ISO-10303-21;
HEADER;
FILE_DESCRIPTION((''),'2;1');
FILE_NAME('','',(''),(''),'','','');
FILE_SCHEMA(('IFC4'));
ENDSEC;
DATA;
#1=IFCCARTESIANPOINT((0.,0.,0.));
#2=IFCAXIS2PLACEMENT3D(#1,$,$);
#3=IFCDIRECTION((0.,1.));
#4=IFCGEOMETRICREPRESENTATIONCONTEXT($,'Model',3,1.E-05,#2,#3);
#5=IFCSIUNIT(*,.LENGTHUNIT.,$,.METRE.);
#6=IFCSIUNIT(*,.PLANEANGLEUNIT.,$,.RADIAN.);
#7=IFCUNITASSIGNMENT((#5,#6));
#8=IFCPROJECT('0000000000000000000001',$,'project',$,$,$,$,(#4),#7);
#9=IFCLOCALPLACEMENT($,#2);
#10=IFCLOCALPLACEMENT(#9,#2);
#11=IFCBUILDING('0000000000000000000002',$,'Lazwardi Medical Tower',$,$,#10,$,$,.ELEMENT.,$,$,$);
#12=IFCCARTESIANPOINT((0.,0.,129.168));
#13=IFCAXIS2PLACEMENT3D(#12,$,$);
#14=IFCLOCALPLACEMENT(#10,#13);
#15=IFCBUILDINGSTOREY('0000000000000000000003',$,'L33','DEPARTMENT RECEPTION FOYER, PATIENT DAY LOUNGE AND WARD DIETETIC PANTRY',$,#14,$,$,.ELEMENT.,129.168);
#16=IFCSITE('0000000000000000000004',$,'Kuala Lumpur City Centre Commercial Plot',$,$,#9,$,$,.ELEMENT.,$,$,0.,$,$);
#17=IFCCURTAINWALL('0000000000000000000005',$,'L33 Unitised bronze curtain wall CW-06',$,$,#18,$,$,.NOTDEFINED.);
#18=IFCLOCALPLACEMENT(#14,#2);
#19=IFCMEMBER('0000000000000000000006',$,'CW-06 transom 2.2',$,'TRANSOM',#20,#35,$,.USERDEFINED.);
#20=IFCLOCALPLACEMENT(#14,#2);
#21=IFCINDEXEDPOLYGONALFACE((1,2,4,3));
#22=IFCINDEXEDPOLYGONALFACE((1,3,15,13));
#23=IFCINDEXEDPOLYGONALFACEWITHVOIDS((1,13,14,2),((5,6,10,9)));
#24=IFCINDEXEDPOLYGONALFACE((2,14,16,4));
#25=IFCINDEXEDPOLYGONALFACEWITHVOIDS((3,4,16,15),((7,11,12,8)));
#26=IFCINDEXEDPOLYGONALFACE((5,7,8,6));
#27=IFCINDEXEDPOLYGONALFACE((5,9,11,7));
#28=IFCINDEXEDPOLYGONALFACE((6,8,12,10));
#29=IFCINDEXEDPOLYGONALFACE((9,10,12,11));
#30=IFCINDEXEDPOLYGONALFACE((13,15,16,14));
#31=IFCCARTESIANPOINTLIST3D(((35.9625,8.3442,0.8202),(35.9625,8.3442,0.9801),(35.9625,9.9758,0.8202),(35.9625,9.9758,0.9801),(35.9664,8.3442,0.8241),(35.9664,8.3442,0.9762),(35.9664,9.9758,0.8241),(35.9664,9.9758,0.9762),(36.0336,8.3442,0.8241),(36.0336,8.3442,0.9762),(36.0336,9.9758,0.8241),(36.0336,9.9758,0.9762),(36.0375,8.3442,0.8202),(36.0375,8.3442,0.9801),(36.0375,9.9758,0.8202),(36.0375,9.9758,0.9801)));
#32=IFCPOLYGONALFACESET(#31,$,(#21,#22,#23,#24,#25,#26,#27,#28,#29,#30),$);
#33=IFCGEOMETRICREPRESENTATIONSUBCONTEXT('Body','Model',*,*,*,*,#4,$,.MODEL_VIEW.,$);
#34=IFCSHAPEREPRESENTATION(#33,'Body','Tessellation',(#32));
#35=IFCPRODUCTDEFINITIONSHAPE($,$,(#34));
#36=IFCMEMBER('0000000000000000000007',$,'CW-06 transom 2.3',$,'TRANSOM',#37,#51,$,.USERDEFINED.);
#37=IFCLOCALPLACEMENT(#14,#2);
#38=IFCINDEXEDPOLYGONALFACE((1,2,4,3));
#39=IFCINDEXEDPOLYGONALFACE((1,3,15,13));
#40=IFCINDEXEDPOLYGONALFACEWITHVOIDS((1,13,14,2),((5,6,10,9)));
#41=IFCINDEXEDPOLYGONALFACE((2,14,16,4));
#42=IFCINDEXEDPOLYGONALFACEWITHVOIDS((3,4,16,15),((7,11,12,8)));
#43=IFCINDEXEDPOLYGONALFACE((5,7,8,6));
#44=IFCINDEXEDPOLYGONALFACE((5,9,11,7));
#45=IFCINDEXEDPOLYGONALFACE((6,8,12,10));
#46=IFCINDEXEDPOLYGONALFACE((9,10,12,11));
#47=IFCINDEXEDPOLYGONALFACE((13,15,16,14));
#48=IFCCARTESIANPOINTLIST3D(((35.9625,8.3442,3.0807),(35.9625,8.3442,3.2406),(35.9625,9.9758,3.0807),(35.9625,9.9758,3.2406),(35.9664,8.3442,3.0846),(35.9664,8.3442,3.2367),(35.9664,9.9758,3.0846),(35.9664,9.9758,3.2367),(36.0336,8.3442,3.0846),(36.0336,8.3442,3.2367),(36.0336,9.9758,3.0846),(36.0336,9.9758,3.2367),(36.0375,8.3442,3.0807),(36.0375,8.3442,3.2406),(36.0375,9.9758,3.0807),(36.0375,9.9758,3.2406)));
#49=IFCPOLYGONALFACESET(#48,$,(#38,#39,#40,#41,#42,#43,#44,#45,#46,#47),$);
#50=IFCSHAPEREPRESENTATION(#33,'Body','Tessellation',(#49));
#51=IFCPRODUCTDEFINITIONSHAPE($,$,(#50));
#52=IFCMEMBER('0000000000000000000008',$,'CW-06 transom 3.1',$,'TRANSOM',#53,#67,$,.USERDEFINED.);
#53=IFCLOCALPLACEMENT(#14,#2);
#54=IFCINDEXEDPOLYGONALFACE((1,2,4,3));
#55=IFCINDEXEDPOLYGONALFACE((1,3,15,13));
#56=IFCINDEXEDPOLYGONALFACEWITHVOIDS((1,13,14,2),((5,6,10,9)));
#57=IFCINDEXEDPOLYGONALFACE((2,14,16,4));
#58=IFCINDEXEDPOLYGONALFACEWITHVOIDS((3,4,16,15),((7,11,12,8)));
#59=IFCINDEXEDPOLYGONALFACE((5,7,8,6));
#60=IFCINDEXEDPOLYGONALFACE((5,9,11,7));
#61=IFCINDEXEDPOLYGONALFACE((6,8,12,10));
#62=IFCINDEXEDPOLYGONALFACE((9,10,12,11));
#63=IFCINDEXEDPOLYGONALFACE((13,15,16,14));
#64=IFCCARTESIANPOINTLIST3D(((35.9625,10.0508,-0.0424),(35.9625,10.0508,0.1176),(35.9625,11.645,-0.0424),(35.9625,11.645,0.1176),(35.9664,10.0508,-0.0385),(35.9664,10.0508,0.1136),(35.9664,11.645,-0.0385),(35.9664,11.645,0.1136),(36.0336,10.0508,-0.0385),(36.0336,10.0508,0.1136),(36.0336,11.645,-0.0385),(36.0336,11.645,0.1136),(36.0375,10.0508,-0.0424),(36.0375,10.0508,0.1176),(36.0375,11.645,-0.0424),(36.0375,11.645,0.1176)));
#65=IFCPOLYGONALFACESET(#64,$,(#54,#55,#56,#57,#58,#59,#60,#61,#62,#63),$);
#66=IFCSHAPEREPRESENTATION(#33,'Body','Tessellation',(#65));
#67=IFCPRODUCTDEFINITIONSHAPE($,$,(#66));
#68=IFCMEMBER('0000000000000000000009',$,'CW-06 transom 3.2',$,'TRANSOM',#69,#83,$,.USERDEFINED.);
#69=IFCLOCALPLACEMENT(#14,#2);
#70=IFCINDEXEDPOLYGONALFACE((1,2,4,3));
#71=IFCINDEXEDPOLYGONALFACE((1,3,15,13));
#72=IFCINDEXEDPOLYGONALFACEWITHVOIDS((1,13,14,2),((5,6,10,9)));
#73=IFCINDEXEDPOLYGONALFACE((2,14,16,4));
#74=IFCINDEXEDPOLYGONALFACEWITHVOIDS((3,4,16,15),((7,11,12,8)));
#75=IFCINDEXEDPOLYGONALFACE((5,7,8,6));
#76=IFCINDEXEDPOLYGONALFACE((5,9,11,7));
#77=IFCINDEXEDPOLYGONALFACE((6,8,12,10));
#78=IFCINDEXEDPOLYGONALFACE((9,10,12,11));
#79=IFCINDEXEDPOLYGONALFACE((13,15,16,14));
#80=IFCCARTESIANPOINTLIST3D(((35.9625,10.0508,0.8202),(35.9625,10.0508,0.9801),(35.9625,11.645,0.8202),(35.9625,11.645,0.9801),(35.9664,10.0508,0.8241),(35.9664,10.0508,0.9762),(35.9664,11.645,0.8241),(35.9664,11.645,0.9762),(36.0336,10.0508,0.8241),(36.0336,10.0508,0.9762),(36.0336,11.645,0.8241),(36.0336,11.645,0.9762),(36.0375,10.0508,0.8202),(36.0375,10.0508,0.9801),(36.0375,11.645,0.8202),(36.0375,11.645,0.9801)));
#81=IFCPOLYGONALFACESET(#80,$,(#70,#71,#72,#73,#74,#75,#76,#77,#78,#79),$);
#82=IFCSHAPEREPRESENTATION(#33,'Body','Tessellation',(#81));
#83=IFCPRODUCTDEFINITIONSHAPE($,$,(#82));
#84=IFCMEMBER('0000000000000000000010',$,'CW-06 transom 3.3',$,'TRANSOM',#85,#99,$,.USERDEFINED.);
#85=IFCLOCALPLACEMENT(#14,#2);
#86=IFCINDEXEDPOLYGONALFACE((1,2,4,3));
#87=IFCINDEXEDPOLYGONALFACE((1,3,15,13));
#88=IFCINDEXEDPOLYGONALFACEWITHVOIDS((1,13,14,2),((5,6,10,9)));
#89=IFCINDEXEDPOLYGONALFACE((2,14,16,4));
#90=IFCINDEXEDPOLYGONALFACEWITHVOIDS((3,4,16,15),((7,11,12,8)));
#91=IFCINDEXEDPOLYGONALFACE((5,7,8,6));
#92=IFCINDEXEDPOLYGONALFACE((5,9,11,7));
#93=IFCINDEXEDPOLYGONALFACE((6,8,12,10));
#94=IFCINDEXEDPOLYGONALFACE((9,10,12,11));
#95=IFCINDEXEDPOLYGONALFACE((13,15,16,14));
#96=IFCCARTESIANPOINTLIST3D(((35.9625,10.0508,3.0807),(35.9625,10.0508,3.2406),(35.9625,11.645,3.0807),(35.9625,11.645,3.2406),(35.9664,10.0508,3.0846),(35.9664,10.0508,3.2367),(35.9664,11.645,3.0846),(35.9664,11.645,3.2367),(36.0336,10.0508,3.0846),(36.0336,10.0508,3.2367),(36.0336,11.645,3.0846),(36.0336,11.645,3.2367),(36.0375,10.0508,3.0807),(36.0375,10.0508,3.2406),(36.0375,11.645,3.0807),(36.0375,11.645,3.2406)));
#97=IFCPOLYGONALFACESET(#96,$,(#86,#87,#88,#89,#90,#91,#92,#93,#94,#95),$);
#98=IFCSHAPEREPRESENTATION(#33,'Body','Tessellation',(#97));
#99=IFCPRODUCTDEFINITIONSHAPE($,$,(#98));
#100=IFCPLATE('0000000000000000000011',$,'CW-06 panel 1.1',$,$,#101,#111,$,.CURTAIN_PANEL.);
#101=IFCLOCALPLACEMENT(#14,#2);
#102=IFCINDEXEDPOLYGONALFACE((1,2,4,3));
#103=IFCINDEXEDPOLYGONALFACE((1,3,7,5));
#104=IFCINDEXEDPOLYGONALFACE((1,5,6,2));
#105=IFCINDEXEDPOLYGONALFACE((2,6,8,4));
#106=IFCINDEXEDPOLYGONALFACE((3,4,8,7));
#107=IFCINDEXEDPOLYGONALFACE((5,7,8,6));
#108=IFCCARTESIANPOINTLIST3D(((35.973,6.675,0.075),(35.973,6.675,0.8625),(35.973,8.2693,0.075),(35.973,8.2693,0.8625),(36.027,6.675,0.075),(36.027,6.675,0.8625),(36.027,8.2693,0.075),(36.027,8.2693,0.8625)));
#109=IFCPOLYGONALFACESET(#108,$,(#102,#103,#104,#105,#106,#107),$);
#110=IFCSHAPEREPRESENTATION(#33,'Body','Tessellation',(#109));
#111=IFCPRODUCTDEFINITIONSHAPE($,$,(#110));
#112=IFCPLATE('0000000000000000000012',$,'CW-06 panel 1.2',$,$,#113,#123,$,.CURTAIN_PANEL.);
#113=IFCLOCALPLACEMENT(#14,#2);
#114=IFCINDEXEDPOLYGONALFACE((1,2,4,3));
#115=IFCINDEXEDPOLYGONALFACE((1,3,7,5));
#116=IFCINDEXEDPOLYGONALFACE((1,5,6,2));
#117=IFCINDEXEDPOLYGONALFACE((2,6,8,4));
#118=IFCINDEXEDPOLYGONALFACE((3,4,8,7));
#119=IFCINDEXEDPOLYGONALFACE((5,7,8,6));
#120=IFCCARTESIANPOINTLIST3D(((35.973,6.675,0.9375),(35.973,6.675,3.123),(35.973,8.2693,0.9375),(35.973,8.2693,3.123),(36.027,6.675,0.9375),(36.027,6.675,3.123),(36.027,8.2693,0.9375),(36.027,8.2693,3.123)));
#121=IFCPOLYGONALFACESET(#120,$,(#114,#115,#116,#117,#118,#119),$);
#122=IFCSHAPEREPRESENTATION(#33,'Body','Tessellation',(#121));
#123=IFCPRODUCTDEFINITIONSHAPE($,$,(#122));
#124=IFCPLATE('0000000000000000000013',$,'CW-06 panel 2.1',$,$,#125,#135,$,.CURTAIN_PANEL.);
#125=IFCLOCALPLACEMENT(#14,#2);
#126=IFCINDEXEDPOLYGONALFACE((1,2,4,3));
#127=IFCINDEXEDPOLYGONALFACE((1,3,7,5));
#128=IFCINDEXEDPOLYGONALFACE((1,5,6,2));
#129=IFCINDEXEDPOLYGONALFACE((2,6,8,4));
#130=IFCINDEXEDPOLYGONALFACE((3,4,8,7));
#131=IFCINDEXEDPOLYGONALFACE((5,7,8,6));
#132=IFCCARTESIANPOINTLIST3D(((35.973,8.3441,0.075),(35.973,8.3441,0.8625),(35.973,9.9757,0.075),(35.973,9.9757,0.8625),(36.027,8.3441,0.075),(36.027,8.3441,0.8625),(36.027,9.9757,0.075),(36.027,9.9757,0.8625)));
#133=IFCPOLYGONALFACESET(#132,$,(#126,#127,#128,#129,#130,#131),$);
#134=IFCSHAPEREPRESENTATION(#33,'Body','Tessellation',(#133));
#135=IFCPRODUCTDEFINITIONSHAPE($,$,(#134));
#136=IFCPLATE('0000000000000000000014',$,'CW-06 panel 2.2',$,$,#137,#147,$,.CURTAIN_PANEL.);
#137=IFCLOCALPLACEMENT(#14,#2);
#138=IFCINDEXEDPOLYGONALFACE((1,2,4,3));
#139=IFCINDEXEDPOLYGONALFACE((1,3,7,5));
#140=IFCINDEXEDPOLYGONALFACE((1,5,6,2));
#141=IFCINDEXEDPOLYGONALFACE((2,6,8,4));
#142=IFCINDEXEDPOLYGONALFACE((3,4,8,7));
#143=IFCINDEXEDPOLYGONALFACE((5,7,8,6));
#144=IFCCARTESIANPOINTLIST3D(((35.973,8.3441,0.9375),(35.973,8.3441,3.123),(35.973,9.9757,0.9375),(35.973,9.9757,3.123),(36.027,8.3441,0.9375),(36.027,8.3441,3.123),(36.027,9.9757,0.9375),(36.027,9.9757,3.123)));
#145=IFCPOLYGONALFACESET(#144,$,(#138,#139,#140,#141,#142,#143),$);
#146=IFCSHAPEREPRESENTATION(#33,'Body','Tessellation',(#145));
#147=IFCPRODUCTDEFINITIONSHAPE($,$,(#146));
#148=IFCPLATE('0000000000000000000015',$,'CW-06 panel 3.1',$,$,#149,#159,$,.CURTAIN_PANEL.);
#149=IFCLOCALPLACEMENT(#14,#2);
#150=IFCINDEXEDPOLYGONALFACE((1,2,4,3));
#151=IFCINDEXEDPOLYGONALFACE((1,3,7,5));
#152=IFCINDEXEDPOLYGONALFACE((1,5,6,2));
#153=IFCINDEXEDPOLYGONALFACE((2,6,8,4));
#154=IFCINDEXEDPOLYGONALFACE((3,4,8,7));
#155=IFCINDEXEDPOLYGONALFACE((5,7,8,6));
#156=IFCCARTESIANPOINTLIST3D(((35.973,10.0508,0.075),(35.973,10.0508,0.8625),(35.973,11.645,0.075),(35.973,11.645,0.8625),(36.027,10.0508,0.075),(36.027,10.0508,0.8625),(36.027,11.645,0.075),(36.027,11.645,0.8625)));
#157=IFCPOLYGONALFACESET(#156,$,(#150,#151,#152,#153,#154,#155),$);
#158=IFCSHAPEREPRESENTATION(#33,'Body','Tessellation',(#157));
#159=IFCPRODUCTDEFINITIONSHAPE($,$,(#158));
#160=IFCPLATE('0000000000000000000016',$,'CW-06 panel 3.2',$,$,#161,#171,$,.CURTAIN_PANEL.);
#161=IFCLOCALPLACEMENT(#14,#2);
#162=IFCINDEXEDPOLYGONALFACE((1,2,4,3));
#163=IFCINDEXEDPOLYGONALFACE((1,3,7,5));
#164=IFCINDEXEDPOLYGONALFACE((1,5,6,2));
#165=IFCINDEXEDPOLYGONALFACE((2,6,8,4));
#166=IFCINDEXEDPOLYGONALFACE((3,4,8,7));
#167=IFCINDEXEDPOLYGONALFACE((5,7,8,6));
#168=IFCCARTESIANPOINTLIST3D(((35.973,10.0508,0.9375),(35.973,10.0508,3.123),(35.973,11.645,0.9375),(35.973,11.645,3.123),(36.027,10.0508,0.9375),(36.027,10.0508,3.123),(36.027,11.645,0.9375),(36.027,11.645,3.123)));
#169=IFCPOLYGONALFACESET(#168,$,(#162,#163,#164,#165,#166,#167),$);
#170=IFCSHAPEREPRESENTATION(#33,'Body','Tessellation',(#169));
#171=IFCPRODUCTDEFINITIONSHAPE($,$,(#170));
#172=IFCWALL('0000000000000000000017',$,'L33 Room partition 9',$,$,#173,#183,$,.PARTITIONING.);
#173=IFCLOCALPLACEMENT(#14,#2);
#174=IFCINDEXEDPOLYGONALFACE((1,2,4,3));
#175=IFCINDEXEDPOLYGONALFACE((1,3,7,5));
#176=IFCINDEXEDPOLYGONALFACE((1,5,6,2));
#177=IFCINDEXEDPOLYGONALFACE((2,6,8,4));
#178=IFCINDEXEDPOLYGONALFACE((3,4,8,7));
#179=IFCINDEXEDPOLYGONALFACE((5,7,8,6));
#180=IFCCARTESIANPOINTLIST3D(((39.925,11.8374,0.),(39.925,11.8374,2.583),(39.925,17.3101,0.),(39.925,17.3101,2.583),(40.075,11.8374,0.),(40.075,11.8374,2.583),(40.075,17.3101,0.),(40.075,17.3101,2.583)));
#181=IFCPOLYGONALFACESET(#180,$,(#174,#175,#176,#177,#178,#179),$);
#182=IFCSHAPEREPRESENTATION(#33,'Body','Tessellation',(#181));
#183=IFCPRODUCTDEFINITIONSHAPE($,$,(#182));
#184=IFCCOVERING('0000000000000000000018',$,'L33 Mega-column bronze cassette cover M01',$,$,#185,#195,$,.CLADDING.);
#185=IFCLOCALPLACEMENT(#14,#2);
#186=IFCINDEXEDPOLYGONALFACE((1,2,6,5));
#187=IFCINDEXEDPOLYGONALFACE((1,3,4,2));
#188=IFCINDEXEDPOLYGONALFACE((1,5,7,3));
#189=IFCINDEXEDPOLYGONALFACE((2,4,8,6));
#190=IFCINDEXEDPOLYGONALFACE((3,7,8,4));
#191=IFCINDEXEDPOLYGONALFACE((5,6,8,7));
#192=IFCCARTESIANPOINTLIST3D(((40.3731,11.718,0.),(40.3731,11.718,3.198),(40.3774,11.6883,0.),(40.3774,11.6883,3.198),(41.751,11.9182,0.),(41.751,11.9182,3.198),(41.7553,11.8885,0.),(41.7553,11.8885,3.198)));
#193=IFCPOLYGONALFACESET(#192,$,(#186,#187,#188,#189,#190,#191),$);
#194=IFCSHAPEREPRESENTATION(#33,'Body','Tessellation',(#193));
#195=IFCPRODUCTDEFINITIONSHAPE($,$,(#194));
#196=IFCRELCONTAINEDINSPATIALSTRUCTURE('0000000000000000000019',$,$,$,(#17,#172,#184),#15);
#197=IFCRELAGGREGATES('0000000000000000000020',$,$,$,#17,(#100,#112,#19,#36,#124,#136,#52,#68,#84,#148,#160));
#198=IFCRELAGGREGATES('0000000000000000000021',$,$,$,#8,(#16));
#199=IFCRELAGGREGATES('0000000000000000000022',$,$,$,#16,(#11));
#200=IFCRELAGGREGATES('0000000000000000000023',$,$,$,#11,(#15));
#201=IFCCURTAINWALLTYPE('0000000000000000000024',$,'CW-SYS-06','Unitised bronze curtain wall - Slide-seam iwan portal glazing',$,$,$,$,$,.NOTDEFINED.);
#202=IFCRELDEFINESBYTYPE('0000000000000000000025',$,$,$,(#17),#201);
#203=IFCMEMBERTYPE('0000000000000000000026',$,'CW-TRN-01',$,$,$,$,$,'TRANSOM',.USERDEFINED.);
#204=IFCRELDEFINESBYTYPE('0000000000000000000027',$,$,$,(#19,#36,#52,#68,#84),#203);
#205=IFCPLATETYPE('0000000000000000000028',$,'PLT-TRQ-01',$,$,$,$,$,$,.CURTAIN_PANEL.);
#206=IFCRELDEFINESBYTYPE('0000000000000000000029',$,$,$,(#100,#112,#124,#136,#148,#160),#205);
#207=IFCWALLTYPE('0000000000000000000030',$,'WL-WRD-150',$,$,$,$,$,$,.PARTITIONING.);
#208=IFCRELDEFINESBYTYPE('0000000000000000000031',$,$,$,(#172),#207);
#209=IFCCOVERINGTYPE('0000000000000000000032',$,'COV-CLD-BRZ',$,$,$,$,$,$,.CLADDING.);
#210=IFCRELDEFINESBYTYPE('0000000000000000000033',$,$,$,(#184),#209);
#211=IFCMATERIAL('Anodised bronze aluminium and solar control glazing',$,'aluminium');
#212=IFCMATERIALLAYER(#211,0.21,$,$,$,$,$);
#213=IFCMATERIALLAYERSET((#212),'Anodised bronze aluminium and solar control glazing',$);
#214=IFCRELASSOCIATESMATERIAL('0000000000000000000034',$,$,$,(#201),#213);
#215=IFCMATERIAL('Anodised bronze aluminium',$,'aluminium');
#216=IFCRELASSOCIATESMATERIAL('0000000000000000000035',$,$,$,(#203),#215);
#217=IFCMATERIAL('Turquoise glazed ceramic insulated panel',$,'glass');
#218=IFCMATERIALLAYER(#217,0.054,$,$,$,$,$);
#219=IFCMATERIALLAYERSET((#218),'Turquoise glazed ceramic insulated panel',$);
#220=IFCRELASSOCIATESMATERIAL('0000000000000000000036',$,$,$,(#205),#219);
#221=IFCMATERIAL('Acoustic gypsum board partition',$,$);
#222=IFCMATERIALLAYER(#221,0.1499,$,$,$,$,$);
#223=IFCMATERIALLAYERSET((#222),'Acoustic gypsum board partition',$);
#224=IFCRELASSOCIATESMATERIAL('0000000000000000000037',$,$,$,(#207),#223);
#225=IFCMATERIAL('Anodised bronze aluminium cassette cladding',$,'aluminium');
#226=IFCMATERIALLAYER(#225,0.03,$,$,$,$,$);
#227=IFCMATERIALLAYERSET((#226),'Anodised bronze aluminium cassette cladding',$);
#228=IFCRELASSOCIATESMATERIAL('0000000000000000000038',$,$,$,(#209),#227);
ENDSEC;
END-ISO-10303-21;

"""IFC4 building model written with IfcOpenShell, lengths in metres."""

from ifc_helpers import new_model, si_unit, direction, frame, frame_2d, origin, origin_2d, place, context, subcontext, project, spatial, rectangle, hollow_rectangle, extrude, material, layer, layer_set, material_profile, profile_set, type_object, element, aggregate, save


model = new_model("IFC4")

# Units and contexts
model_context = context("Model", 3, precision=1e-05, world=origin(), true_north=direction((0.0, 1.0)))
body_context = subcontext(model_context, "Body", "Model", "MODEL_VIEW")
ifc_project = project(units=[si_unit("LENGTHUNIT", "METRE"), si_unit("PLANEANGLEUNIT", "RADIAN")], contexts=[model_context])

# Site, building, storey
site_placement = place(None, origin())
site = spatial("IfcSite", under=ifc_project, at=site_placement, Name="Kuala Lumpur City Centre Commercial Plot", CompositionType="ELEMENT", RefElevation=0.0)
building_placement = place(site_placement, origin())
building = spatial("IfcBuilding", under=site, at=building_placement, Name="Lazwardi Medical Tower", CompositionType="ELEMENT")
storey_placement = place(building_placement, frame((0.0, 0.0, 129.168)))
storey = spatial("IfcBuildingStorey", under=building, at=storey_placement, Name="L33", Description="DEPARTMENT RECEPTION FOYER, PATIENT DAY LOUNGE AND WARD DIETETIC PANTRY", CompositionType="ELEMENT", Elevation=129.168)

# Shared definitions
ifc_material_1 = material(Name="Anodised bronze aluminium and solar control glazing", Category="aluminium")
ifc_material_2 = material(Name="Anodised bronze aluminium", Category="aluminium")

# Curtain wall
ifc_layer_1 = layer(ifc_material_1, 0.21)
ifc_layer_set_1 = layer_set([ifc_layer_1], Name="Anodised bronze aluminium and solar control glazing")
curtain_wall_type_1 = type_object("IfcCurtainWallType", Name="CW-SYS-06", Description="Unitised bronze curtain wall - Slide-seam iwan portal glazing", PredefinedType="NOTDEFINED", material=ifc_layer_set_1)
curtain_wall_1_placement = place(storey_placement, origin())
curtain_wall_1 = element("IfcCurtainWall", 1, at=curtain_wall_1_placement, inside=storey, type_object=curtain_wall_type_1, Name="L33 Unitised bronze curtain wall CW-06", PredefinedType="NOTDEFINED")

# Members
ifc_material_profile_1 = material_profile(ifc_material_2, hollow_rectangle(XDim=0.075, YDim=0.1599, WallThickness=0.0039, at=origin_2d()), Name="ALU-TRANSOM 160x75x4")
ifc_profile_set_1 = profile_set([ifc_material_profile_1], Name="Anodised bronze aluminium")
member_type_1 = type_object("IfcMemberType", Name="CW-TRN-01", ElementType="TRANSOM", PredefinedType="USERDEFINED", material=ifc_profile_set_1)
member_1_placement = place(storey_placement, frame((36.0, 8.3442, 0.9001), z_axis=(0.0, 1.0, 0.0), x_axis=(-1.0, 0.0, 0.0)))
member_1 = element("IfcMember", 2, at=member_1_placement, type_object=member_type_1, Name="CW-06 transom 2.2", ObjectType="TRANSOM", PredefinedType="USERDEFINED", context=body_context, shape_type="SweptSolid", body=[
    extrude(hollow_rectangle(XDim=0.075, YDim=0.1599, WallThickness=0.0039, at=origin_2d()), origin(), (0.0, 0.0, 1.0), 1.6316),
])
member_2_placement = place(storey_placement, frame((36.0, 8.3442, 3.1606), z_axis=(0.0, 1.0, 0.0), x_axis=(-1.0, 0.0, 0.0)))
member_2 = element("IfcMember", 3, at=member_2_placement, type_object=member_type_1, Name="CW-06 transom 2.3", ObjectType="TRANSOM", PredefinedType="USERDEFINED", context=body_context, shape_type="SweptSolid", body=[
    extrude(hollow_rectangle(XDim=0.075, YDim=0.1599, WallThickness=0.0039, at=origin_2d()), origin(), (0.0, 0.0, 1.0), 1.6316),
])
member_3_placement = place(storey_placement, frame((36.0, 10.0508, 0.0376), z_axis=(0.0, 1.0, 0.0), x_axis=(-1.0, 0.0, 0.0)))
member_3 = element("IfcMember", 4, at=member_3_placement, type_object=member_type_1, Name="CW-06 transom 3.1", ObjectType="TRANSOM", PredefinedType="USERDEFINED", context=body_context, shape_type="SweptSolid", body=[
    extrude(hollow_rectangle(XDim=0.075, YDim=0.1599, WallThickness=0.0039, at=origin_2d()), origin(), (0.0, 0.0, 1.0), 1.5942),
])
member_4_placement = place(storey_placement, frame((36.0, 10.0508, 0.9001), z_axis=(0.0, 1.0, 0.0), x_axis=(-1.0, 0.0, 0.0)))
member_4 = element("IfcMember", 5, at=member_4_placement, type_object=member_type_1, Name="CW-06 transom 3.2", ObjectType="TRANSOM", PredefinedType="USERDEFINED", context=body_context, shape_type="SweptSolid", body=[
    extrude(hollow_rectangle(XDim=0.075, YDim=0.1599, WallThickness=0.0039, at=origin_2d()), origin(), (0.0, 0.0, 1.0), 1.5942),
])
member_5_placement = place(storey_placement, frame((36.0, 10.0508, 3.1606), z_axis=(0.0, 1.0, 0.0), x_axis=(-1.0, 0.0, 0.0)))
member_5 = element("IfcMember", 6, at=member_5_placement, type_object=member_type_1, Name="CW-06 transom 3.3", ObjectType="TRANSOM", PredefinedType="USERDEFINED", context=body_context, shape_type="SweptSolid", body=[
    extrude(hollow_rectangle(XDim=0.075, YDim=0.1599, WallThickness=0.0039, at=origin_2d()), origin(), (0.0, 0.0, 1.0), 1.5942),
])

# Plates
ifc_material_3 = material(Name="Turquoise glazed ceramic insulated panel", Category="glass")
ifc_layer_2 = layer(ifc_material_3, 0.054)
ifc_layer_set_2 = layer_set([ifc_layer_2], Name="Turquoise glazed ceramic insulated panel")
plate_type = type_object("IfcPlateType", Name="PLT-TRQ-01", PredefinedType="CURTAIN_PANEL", material=ifc_layer_set_2)
plate_1_placement = place(storey_placement, frame((36.0, 7.4722, 0.075), z_axis=(0.0, 0.0, 1.0), x_axis=(0.0, 1.0, 0.0)))
plate_1 = element("IfcPlate", 7, at=plate_1_placement, type_object=plate_type, Name="CW-06 panel 1.1", PredefinedType="CURTAIN_PANEL", context=body_context, shape_type="SweptSolid", body=[
    extrude(rectangle(XDim=1.5942, YDim=0.054, at=origin_2d()), origin(), (0.0, 0.0, 1.0), 0.7876),
])
plate_2_placement = place(storey_placement, frame((36.0, 7.4722, 0.9375), z_axis=(0.0, 0.0, 1.0), x_axis=(0.0, 1.0, 0.0)))
plate_2 = element("IfcPlate", 8, at=plate_2_placement, type_object=plate_type, Name="CW-06 panel 1.2", PredefinedType="CURTAIN_PANEL", context=body_context, shape_type="SweptSolid", body=[
    extrude(rectangle(XDim=1.5942, YDim=0.054, at=origin_2d()), origin(), (0.0, 0.0, 1.0), 2.1855),
])
plate_3_placement = place(storey_placement, frame((36.0, 9.1599, 0.075), z_axis=(0.0, 0.0, 1.0), x_axis=(0.0, 1.0, 0.0)))
plate_3 = element("IfcPlate", 9, at=plate_3_placement, type_object=plate_type, Name="CW-06 panel 2.1", PredefinedType="CURTAIN_PANEL", context=body_context, shape_type="SweptSolid", body=[
    extrude(rectangle(XDim=1.6316, YDim=0.054, at=origin_2d()), origin(), (0.0, 0.0, 1.0), 0.7876),
])
plate_4_placement = place(storey_placement, frame((36.0, 9.1599, 0.9375), z_axis=(0.0, 0.0, 1.0), x_axis=(0.0, 1.0, 0.0)))
plate_4 = element("IfcPlate", 10, at=plate_4_placement, type_object=plate_type, Name="CW-06 panel 2.2", PredefinedType="CURTAIN_PANEL", context=body_context, shape_type="SweptSolid", body=[
    extrude(rectangle(XDim=1.6316, YDim=0.054, at=origin_2d()), origin(), (0.0, 0.0, 1.0), 2.1855),
])
plate_5_placement = place(storey_placement, frame((36.0, 10.8479, 0.075), z_axis=(0.0, 0.0, 1.0), x_axis=(0.0, 1.0, 0.0)))
plate_5 = element("IfcPlate", 11, at=plate_5_placement, type_object=plate_type, Name="CW-06 panel 3.1", PredefinedType="CURTAIN_PANEL", context=body_context, shape_type="SweptSolid", body=[
    extrude(rectangle(XDim=1.5942, YDim=0.054, at=origin_2d()), origin(), (0.0, 0.0, 1.0), 0.7876),
])
plate_6_placement = place(storey_placement, frame((36.0, 10.8479, 0.9375), z_axis=(0.0, 0.0, 1.0), x_axis=(0.0, 1.0, 0.0)))
plate_6 = element("IfcPlate", 12, at=plate_6_placement, type_object=plate_type, Name="CW-06 panel 3.2", PredefinedType="CURTAIN_PANEL", context=body_context, shape_type="SweptSolid", body=[
    extrude(rectangle(XDim=1.5942, YDim=0.054, at=origin_2d()), origin(), (0.0, 0.0, 1.0), 2.1855),
])
aggregate(curtain_wall_1, [plate_1, plate_2, member_1, member_2, plate_3, plate_4, member_3, member_4, member_5, plate_5, plate_6])

# Wall
ifc_material_4 = material(Name="Acoustic gypsum board partition")
ifc_layer_3 = layer(ifc_material_4, 0.1499)
ifc_layer_set_3 = layer_set([ifc_layer_3], Name="Acoustic gypsum board partition")
wall_type = type_object("IfcWallType", Name="WL-WRD-150", PredefinedType="PARTITIONING", material=ifc_layer_set_3)
wall_placement = place(storey_placement, frame((40.0, 11.8374, 0.0), z_axis=(0.0, 0.0, 1.0), x_axis=(0.0, 1.0, 0.0)))
element("IfcWall", 13, at=wall_placement, inside=storey, type_object=wall_type, Name="L33 Room partition 9", PredefinedType="PARTITIONING", context=body_context, shape_type="SweptSolid", body=[
    extrude(rectangle(XDim=5.4727, YDim=0.1499, at=frame_2d((2.7363, 0.0))), origin(), (0.0, 0.0, 1.0), 2.583),
])

# Covering
ifc_material_5 = material(Name="Anodised bronze aluminium cassette cladding", Category="aluminium")
ifc_layer_4 = layer(ifc_material_5, 0.03)
ifc_layer_set_4 = layer_set([ifc_layer_4], Name="Anodised bronze aluminium cassette cladding")
covering_type_1 = type_object("IfcCoveringType", Name="COV-CLD-BRZ", PredefinedType="CLADDING", material=ifc_layer_set_4)
covering_1_placement = place(storey_placement, frame((41.0642, 11.8032, 0.0), z_axis=(0.0, 0.0, 1.0), x_axis=(0.989609, 0.143785, 0.0)))
element("IfcCovering", 14, at=covering_1_placement, inside=storey, type_object=covering_type_1, Name="L33 Mega-column bronze cassette cover M01", PredefinedType="CLADDING", context=body_context, shape_type="SweptSolid", body=[
    extrude(rectangle(XDim=1.3923, YDim=0.03, at=origin_2d()), origin(), (0.0, 0.0, 1.0), 3.198),
])

save(model, "model.ifc")
